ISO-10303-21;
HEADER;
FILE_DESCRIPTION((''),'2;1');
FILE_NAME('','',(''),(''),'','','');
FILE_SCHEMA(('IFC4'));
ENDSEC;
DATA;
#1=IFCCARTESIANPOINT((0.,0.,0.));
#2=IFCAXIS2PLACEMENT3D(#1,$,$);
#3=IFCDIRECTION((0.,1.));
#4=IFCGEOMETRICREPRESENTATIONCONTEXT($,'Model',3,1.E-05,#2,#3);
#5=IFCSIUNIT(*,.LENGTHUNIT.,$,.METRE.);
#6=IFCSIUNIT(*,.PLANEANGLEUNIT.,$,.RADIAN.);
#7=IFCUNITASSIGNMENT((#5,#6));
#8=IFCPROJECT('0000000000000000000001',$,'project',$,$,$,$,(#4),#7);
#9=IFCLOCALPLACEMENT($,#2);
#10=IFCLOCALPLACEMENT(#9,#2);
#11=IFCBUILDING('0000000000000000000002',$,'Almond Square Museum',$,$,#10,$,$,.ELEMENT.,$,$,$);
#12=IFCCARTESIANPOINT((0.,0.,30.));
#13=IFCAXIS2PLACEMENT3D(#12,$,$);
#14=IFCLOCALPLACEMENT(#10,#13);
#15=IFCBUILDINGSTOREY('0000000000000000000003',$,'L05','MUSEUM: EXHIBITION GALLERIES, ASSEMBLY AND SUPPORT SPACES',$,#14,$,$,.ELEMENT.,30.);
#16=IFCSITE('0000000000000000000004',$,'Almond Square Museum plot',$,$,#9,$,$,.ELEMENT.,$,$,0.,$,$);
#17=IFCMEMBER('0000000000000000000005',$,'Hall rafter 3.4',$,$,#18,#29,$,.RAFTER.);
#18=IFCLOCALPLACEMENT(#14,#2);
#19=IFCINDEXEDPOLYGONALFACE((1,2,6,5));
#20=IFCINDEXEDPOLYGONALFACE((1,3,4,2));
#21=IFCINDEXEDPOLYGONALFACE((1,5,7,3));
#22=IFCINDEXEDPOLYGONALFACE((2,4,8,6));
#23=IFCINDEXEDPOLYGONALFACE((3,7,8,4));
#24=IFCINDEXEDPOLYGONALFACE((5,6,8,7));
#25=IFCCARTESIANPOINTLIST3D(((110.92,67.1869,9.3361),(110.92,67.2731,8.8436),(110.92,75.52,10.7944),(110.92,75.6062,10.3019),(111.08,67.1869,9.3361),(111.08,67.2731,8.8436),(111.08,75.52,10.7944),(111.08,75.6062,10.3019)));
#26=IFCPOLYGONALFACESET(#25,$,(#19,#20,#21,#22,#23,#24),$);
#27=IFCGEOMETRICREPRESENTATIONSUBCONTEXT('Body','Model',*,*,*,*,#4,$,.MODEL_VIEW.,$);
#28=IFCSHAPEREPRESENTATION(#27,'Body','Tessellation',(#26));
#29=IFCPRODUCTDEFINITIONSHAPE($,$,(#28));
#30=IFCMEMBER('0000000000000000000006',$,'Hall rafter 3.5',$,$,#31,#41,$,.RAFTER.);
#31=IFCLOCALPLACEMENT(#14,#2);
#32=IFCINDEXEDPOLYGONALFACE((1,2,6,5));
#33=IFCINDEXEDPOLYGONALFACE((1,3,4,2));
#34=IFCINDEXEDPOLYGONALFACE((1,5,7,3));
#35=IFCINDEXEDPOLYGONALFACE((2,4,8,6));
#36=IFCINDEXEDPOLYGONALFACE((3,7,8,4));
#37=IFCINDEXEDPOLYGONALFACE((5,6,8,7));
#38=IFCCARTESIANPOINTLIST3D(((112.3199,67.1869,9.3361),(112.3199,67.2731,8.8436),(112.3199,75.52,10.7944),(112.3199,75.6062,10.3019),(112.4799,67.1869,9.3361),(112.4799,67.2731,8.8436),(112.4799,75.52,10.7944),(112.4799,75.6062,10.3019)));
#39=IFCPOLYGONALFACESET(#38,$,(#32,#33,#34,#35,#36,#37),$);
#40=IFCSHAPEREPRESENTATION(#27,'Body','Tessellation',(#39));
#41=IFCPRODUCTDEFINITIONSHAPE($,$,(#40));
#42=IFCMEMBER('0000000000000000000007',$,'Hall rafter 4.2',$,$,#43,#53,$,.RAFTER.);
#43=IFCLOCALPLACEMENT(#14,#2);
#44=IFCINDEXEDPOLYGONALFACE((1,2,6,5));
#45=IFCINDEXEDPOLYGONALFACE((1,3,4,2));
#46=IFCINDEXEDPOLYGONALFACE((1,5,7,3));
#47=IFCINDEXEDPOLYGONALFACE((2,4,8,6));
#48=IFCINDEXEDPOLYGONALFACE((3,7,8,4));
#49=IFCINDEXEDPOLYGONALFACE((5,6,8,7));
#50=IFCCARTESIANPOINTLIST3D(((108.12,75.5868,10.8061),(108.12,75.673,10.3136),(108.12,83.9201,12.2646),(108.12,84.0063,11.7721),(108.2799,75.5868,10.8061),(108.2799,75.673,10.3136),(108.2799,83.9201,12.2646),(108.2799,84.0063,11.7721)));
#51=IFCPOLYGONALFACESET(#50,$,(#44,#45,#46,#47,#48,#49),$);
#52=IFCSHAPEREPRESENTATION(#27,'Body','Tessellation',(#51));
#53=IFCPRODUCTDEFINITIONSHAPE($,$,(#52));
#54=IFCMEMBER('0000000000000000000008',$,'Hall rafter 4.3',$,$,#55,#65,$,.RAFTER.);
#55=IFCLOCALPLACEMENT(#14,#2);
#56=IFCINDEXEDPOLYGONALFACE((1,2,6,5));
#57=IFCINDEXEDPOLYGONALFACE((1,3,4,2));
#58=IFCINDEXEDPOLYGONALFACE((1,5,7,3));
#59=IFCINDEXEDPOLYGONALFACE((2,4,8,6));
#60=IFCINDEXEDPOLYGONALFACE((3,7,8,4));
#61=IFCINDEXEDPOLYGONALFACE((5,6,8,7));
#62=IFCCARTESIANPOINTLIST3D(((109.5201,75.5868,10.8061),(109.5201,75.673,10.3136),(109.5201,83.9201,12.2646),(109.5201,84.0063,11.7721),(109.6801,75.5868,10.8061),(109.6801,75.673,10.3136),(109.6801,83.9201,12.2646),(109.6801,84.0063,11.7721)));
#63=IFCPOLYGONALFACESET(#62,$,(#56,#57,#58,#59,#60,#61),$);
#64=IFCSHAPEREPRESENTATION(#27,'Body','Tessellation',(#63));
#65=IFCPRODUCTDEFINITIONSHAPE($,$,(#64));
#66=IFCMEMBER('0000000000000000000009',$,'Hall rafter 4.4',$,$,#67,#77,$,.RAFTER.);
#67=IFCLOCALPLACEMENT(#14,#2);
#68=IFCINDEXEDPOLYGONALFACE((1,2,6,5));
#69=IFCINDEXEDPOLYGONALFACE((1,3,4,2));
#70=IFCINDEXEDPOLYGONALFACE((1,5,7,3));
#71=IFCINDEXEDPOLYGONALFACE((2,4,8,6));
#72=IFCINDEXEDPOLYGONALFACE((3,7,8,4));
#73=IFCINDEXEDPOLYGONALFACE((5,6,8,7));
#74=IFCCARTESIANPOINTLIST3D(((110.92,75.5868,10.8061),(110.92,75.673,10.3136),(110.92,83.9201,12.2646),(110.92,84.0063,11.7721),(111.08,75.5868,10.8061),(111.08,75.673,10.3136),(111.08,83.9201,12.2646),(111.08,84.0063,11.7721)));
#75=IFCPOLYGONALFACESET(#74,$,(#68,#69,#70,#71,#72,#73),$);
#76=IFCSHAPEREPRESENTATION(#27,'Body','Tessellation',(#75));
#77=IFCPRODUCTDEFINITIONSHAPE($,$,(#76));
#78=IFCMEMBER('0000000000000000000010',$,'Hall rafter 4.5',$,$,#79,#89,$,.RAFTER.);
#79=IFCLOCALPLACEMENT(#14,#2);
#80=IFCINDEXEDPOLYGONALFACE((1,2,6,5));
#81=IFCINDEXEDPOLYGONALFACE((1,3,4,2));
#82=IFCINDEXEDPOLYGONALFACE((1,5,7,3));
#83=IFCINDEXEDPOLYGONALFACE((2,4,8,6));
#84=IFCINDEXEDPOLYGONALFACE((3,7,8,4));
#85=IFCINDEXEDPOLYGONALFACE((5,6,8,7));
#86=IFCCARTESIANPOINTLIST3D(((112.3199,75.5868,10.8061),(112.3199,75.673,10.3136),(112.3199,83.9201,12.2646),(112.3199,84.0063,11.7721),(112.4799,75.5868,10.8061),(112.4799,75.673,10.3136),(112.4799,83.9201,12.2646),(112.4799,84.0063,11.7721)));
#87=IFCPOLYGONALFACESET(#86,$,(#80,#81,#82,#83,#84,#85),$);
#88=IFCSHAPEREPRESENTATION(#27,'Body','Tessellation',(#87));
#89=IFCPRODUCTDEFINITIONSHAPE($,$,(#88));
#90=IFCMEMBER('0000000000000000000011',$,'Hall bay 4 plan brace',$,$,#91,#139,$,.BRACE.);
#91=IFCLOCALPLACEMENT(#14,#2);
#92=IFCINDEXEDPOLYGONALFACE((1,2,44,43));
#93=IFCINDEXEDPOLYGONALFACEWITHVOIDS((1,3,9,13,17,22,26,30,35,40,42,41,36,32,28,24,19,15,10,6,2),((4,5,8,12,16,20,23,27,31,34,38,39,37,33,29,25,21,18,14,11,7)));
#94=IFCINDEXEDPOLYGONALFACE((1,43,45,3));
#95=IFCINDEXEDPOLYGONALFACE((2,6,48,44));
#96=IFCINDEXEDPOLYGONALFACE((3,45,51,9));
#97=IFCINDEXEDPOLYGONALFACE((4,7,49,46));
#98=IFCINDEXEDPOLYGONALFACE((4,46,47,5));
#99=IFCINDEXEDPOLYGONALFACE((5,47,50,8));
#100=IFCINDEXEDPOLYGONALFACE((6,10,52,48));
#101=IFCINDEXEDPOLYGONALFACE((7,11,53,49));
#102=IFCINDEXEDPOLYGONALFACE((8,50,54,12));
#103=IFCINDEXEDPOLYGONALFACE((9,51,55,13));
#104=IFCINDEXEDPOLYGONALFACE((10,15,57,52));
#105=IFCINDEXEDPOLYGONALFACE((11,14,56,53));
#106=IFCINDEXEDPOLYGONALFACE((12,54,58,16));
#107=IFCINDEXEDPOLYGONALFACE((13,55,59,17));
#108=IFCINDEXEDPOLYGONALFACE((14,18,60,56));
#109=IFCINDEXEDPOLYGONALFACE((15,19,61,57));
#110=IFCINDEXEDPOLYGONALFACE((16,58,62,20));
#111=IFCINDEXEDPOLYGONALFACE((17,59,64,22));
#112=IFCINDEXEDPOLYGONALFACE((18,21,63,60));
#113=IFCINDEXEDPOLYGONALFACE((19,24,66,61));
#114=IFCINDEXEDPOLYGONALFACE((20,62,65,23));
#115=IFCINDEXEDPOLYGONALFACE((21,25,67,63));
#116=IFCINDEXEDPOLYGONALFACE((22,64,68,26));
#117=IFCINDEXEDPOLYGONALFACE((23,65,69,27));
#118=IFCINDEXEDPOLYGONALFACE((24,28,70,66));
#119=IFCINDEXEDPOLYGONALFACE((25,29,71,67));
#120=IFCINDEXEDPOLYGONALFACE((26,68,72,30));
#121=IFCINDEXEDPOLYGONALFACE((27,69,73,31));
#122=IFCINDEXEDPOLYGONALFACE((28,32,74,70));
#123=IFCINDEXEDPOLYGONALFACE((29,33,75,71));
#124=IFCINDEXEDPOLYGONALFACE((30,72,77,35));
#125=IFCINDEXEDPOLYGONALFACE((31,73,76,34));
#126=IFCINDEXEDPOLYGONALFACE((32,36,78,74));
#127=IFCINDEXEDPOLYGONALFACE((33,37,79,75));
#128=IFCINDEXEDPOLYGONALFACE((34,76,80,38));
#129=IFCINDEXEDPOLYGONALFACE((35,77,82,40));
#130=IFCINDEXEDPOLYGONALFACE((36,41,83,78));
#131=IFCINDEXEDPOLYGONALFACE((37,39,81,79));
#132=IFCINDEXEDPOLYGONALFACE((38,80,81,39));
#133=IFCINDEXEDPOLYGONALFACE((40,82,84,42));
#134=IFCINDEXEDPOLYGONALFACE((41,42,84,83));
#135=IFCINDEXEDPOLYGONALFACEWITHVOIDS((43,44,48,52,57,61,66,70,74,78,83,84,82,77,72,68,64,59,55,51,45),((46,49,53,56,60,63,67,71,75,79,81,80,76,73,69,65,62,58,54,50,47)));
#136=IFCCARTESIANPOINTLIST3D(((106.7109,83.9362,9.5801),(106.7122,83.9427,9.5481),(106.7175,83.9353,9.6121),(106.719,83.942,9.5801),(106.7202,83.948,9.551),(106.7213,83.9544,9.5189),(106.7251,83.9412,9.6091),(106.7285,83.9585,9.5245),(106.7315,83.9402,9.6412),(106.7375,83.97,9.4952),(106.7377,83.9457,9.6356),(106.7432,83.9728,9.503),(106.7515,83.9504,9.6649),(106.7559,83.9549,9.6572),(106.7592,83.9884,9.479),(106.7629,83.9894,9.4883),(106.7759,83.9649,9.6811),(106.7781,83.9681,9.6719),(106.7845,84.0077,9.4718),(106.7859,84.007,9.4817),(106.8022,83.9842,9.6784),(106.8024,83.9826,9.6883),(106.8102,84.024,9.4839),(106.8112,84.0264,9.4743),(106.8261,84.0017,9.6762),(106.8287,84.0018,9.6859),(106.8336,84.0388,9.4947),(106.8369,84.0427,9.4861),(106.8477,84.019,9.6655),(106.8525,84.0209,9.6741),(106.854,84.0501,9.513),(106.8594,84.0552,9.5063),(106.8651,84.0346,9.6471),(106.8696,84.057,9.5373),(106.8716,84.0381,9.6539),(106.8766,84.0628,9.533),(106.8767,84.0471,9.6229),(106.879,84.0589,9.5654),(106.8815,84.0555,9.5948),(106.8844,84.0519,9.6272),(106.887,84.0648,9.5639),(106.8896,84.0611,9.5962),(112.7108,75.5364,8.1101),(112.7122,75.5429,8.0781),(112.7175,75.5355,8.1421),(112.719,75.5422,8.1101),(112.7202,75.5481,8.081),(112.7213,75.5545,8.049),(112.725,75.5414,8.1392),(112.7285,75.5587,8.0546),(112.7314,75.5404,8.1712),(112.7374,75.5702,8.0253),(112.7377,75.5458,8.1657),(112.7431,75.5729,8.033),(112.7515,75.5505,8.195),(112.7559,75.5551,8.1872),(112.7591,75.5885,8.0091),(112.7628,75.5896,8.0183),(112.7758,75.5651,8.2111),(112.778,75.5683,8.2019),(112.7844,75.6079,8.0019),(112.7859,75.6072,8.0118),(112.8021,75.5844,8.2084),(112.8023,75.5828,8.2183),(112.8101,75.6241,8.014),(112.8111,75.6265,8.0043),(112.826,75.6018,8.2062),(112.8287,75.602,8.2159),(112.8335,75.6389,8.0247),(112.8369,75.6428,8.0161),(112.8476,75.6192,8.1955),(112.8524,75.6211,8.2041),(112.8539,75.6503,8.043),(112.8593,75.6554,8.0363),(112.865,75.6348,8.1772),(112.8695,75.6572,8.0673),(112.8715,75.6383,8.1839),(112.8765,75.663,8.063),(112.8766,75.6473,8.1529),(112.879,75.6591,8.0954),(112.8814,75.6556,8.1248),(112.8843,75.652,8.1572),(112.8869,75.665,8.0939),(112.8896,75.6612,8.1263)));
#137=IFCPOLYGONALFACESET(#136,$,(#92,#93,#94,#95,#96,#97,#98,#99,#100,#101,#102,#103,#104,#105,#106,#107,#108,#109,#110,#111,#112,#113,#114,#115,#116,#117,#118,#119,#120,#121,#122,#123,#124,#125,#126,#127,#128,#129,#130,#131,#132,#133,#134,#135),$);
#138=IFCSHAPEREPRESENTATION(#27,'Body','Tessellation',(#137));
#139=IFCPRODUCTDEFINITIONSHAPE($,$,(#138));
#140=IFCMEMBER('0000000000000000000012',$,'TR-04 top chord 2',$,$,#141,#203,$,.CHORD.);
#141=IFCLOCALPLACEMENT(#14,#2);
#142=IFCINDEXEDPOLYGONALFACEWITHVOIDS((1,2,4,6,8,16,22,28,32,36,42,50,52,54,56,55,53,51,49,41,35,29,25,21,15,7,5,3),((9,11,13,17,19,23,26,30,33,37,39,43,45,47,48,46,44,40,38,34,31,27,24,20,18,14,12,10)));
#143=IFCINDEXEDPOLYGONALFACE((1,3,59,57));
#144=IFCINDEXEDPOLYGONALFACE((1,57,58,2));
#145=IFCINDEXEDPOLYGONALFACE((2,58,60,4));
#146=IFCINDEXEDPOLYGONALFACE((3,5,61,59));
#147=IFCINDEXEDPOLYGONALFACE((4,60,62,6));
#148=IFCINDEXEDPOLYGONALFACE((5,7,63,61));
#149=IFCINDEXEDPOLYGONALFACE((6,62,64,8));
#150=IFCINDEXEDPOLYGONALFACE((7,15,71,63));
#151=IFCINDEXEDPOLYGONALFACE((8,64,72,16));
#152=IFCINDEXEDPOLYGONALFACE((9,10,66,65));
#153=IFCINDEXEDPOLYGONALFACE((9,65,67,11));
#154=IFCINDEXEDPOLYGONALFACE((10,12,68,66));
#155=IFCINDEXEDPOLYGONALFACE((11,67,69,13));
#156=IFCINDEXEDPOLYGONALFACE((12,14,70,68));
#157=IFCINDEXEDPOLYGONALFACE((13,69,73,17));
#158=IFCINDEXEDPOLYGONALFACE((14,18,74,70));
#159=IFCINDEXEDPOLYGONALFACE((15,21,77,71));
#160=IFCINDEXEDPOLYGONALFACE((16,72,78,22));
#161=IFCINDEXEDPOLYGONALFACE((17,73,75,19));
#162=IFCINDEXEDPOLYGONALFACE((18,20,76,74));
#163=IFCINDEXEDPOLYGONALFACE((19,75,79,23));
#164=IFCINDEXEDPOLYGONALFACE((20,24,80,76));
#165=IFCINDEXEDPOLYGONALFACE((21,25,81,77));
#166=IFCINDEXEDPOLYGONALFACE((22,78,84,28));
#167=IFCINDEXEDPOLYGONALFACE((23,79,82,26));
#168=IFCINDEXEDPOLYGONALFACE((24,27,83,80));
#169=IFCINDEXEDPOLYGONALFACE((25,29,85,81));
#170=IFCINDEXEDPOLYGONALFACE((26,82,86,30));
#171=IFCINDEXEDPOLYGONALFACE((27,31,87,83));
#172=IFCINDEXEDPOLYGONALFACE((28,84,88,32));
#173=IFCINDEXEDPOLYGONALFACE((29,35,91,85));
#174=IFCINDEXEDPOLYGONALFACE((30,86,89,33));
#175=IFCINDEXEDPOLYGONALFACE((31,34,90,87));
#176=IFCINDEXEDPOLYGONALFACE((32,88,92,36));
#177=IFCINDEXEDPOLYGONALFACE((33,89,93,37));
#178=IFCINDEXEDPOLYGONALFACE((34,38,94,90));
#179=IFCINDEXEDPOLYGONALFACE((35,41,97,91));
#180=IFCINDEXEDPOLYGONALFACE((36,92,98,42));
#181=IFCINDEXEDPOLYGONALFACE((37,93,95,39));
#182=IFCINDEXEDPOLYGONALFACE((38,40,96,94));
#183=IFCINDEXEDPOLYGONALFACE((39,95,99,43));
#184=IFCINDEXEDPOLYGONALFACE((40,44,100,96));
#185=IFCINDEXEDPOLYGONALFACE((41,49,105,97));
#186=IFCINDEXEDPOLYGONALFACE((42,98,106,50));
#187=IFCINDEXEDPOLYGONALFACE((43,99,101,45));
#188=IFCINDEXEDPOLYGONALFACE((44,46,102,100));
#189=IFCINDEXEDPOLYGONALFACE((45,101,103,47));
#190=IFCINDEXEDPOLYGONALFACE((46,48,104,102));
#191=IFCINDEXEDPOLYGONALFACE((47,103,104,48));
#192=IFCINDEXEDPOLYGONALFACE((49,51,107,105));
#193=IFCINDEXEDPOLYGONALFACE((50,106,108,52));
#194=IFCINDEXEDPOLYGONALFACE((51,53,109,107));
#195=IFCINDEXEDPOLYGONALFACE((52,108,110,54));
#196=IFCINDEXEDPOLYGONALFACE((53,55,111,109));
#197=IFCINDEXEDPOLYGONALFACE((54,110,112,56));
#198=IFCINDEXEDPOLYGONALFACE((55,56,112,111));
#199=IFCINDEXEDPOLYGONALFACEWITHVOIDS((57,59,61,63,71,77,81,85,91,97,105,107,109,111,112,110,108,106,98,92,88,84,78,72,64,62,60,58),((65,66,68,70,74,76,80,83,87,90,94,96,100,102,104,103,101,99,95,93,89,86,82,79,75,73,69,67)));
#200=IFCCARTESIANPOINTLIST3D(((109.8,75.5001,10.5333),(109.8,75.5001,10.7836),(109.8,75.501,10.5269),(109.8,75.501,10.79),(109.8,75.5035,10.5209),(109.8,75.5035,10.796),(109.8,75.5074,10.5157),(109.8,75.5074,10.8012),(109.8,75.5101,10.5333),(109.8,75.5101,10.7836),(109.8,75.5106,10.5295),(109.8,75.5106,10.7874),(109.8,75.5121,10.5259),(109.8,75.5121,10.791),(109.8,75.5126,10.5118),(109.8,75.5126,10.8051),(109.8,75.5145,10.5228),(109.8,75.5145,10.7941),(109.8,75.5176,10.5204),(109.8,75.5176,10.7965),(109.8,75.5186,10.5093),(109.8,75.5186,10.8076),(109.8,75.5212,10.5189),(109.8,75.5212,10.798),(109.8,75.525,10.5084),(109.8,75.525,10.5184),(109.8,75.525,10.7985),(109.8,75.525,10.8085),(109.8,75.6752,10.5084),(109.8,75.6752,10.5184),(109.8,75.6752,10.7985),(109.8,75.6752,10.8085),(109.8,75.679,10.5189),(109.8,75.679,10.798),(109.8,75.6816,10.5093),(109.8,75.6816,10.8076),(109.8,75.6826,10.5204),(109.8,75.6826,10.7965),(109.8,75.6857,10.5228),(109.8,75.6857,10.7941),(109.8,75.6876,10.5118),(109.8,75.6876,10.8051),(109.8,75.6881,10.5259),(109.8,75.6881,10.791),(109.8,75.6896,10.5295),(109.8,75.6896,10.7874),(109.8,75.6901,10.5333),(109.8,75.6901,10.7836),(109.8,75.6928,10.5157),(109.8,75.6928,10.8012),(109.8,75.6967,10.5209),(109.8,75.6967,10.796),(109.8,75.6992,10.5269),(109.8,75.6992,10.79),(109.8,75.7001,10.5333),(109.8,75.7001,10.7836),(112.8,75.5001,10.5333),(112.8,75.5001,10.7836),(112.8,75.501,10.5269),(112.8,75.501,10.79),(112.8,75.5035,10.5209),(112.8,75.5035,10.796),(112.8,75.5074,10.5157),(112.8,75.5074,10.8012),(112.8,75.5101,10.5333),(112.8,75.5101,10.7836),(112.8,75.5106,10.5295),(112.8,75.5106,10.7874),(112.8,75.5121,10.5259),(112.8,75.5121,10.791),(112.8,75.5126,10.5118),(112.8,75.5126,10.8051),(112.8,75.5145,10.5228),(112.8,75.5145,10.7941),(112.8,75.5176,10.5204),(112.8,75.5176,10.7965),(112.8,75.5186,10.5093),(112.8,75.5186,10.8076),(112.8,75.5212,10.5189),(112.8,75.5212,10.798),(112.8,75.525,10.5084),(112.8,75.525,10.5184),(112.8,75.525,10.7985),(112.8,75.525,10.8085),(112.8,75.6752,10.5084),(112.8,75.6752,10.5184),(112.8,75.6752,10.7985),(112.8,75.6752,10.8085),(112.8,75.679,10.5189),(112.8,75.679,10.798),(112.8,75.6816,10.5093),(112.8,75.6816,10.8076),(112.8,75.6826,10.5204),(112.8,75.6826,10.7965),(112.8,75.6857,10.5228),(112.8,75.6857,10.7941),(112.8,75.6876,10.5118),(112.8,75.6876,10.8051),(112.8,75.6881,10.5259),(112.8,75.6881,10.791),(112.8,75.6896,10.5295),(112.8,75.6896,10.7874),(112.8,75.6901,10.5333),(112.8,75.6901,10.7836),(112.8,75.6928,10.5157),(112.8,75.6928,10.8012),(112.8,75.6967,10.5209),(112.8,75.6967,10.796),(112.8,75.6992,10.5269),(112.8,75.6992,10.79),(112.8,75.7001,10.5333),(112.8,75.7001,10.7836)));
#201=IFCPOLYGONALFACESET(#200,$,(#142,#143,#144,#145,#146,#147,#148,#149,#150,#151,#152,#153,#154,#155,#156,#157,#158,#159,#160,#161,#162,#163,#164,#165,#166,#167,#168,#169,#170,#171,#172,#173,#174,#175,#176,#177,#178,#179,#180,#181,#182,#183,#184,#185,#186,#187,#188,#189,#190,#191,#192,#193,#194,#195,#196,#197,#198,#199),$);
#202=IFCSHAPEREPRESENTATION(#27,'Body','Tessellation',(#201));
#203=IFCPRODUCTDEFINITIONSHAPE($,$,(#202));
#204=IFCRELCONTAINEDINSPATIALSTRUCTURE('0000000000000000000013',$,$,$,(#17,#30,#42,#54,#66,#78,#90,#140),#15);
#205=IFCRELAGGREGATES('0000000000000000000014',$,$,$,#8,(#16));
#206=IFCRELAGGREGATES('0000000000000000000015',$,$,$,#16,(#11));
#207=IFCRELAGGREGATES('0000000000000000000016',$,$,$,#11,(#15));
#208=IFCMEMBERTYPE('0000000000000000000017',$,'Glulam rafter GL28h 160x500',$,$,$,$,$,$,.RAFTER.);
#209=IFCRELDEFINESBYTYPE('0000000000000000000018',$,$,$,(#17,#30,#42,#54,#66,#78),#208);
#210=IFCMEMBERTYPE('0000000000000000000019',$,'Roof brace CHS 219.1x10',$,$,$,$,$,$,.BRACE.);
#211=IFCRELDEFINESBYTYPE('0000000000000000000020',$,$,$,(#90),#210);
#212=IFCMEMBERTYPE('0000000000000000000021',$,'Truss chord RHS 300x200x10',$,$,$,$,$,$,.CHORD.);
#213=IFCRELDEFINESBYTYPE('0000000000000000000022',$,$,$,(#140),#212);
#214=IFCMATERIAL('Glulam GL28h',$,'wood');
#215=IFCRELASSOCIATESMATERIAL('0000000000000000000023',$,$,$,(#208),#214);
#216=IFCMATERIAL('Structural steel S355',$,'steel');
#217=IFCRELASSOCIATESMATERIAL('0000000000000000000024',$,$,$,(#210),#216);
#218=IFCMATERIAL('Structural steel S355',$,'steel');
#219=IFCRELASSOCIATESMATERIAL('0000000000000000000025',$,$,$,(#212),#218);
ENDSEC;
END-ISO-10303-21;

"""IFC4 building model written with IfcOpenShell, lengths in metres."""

from ifc_helpers import new_model, si_unit, direction, frame, origin, origin_2d, place, context, subcontext, project, spatial, rectangle, hollow_rectangle, hollow_circle, extrude, material, material_profile, profile_set, type_object, element, save


model = new_model("IFC4")

# Units and contexts
model_context = context("Model", 3, precision=1e-05, world=origin(), true_north=direction((0.0, 1.0)))
body_context = subcontext(model_context, "Body", "Model", "MODEL_VIEW")
ifc_project = project(units=[si_unit("LENGTHUNIT", "METRE"), si_unit("PLANEANGLEUNIT", "RADIAN")], contexts=[model_context])

# Site, building, storey
site_placement = place(None, origin())
site = spatial("IfcSite", under=ifc_project, at=site_placement, Name="Almond Square Museum plot", CompositionType="ELEMENT", RefElevation=0.0)
building_placement = place(site_placement, origin())
building = spatial("IfcBuilding", under=site, at=building_placement, Name="Almond Square Museum", CompositionType="ELEMENT")
storey_placement = place(building_placement, frame((0.0, 0.0, 30.0)))
storey = spatial("IfcBuildingStorey", under=building, at=storey_placement, Name="L05", Description="MUSEUM: EXHIBITION GALLERIES, ASSEMBLY AND SUPPORT SPACES", CompositionType="ELEMENT", Elevation=30.0)

# Members
ifc_material_1 = material(Name="Glulam GL28h", Category="wood")
ifc_material_profile_1 = material_profile(ifc_material_1, rectangle(XDim=0.1599, YDim=0.5, at=origin_2d()))
ifc_profile_set_1 = profile_set([ifc_material_profile_1], Name="Glulam GL28h")
member_type_1 = type_object("IfcMemberType", Name="Glulam rafter GL28h 160x500", PredefinedType="RAFTER", material=ifc_profile_set_1)
for number, where, z_axis, x_axis, name in (
    (1, (111.0, 67.23, 9.0898), (0.0, 0.985031, 0.172378), (-1.0, 0.0, 0.0), "Hall rafter 3.4"),
    (2, (112.3999, 67.23, 9.0898), (0.0, 0.985031, 0.172378), (-1.0, 0.0, 0.0), "Hall rafter 3.5"),
):
    element("IfcMember", number, at=place(storey_placement, frame(where, z_axis=z_axis, x_axis=x_axis)), inside=storey, type_object=member_type_1, Name=name, PredefinedType="RAFTER", context=body_context, shape_type="SweptSolid", body=[
        extrude(rectangle(XDim=0.1599, YDim=0.5, at=origin_2d()), origin(), (0.0, 0.0, 1.0), 8.4597),
    ])
for number, where, z_axis, x_axis, name in (
    (3, (108.2, 75.6299, 10.5598), (0.0, 0.985027, 0.172401), (-1.0, 0.0, 0.0), "Hall rafter 4.2"),
    (4, (109.6001, 75.6299, 10.5598), (0.0, 0.985027, 0.172401), (-1.0, 0.0, 0.0), "Hall rafter 4.3"),
    (5, (111.0, 75.6299, 10.5598), (0.0, 0.985027, 0.172401), (-1.0, 0.0, 0.0), "Hall rafter 4.4"),
    (6, (112.3999, 75.6299, 10.5598), (0.0, 0.985027, 0.172401), (-1.0, 0.0, 0.0), "Hall rafter 4.5"),
):
    element("IfcMember", number, at=place(storey_placement, frame(where, z_axis=z_axis, x_axis=x_axis)), inside=storey, type_object=member_type_1, Name=name, PredefinedType="RAFTER", context=body_context, shape_type="SweptSolid", body=[
        extrude(rectangle(XDim=0.1599, YDim=0.5, at=origin_2d()), origin(), (0.0, 0.0, 1.0), 8.46),
    ])
ifc_material_2 = material(Name="Structural steel S355", Category="steel")
ifc_material_profile_2 = material_profile(ifc_material_2, hollow_circle(Radius=0.1096, WallThickness=0.01, at=origin_2d()))
ifc_profile_set_2 = profile_set([ifc_material_profile_2], Name="Structural steel S355")
member_type_2 = type_object("IfcMemberType", Name="Roof brace CHS 219.1x10", PredefinedType="BRACE", material=ifc_profile_set_2)
member_1_placement = place(storey_placement, frame((112.8, 75.6001, 8.1101), z_axis=(-0.575438, 0.805603, 0.140979), x_axis=(-0.81373, -0.581243, 0.0)))
element("IfcMember", 7, at=member_1_placement, inside=storey, type_object=member_type_2, Name="Hall bay 4 plan brace", PredefinedType="BRACE", context=body_context, shape_type="SweptSolid", body=[
    extrude(hollow_circle(Radius=0.1096, WallThickness=0.01, at=origin_2d()), origin(), (0.0, 0.0, 1.0), 10.4268),
])
ifc_material_3 = material(Name="Structural steel S355", Category="steel")
ifc_material_profile_3 = material_profile(ifc_material_3, hollow_rectangle(XDim=0.2, YDim=0.3, WallThickness=0.01, InnerFilletRadius=0.0149, OuterFilletRadius=0.0249, at=origin_2d()))
ifc_profile_set_3 = profile_set([ifc_material_profile_3], Name="Structural steel S355")
member_type_3 = type_object("IfcMemberType", Name="Truss chord RHS 300x200x10", PredefinedType="CHORD", material=ifc_profile_set_3)
for number, where, z_axis, x_axis, name in (
    (8, (109.8, 75.6001, 10.6584), (1.0, 0.0, 0.0), (0.0, 1.0, 0.0), "TR-04 top chord 2"),
):
    element("IfcMember", number, at=place(storey_placement, frame(where, z_axis=z_axis, x_axis=x_axis)), inside=storey, type_object=member_type_3, Name=name, PredefinedType="CHORD", context=body_context, shape_type="SweptSolid", body=[
        extrude(hollow_rectangle(XDim=0.2, YDim=0.3, WallThickness=0.01, InnerFilletRadius=0.0149, OuterFilletRadius=0.0249, at=origin_2d()), origin(), (0.0, 0.0, 1.0), 3.0),
    ])

save(model, "model.ifc")
